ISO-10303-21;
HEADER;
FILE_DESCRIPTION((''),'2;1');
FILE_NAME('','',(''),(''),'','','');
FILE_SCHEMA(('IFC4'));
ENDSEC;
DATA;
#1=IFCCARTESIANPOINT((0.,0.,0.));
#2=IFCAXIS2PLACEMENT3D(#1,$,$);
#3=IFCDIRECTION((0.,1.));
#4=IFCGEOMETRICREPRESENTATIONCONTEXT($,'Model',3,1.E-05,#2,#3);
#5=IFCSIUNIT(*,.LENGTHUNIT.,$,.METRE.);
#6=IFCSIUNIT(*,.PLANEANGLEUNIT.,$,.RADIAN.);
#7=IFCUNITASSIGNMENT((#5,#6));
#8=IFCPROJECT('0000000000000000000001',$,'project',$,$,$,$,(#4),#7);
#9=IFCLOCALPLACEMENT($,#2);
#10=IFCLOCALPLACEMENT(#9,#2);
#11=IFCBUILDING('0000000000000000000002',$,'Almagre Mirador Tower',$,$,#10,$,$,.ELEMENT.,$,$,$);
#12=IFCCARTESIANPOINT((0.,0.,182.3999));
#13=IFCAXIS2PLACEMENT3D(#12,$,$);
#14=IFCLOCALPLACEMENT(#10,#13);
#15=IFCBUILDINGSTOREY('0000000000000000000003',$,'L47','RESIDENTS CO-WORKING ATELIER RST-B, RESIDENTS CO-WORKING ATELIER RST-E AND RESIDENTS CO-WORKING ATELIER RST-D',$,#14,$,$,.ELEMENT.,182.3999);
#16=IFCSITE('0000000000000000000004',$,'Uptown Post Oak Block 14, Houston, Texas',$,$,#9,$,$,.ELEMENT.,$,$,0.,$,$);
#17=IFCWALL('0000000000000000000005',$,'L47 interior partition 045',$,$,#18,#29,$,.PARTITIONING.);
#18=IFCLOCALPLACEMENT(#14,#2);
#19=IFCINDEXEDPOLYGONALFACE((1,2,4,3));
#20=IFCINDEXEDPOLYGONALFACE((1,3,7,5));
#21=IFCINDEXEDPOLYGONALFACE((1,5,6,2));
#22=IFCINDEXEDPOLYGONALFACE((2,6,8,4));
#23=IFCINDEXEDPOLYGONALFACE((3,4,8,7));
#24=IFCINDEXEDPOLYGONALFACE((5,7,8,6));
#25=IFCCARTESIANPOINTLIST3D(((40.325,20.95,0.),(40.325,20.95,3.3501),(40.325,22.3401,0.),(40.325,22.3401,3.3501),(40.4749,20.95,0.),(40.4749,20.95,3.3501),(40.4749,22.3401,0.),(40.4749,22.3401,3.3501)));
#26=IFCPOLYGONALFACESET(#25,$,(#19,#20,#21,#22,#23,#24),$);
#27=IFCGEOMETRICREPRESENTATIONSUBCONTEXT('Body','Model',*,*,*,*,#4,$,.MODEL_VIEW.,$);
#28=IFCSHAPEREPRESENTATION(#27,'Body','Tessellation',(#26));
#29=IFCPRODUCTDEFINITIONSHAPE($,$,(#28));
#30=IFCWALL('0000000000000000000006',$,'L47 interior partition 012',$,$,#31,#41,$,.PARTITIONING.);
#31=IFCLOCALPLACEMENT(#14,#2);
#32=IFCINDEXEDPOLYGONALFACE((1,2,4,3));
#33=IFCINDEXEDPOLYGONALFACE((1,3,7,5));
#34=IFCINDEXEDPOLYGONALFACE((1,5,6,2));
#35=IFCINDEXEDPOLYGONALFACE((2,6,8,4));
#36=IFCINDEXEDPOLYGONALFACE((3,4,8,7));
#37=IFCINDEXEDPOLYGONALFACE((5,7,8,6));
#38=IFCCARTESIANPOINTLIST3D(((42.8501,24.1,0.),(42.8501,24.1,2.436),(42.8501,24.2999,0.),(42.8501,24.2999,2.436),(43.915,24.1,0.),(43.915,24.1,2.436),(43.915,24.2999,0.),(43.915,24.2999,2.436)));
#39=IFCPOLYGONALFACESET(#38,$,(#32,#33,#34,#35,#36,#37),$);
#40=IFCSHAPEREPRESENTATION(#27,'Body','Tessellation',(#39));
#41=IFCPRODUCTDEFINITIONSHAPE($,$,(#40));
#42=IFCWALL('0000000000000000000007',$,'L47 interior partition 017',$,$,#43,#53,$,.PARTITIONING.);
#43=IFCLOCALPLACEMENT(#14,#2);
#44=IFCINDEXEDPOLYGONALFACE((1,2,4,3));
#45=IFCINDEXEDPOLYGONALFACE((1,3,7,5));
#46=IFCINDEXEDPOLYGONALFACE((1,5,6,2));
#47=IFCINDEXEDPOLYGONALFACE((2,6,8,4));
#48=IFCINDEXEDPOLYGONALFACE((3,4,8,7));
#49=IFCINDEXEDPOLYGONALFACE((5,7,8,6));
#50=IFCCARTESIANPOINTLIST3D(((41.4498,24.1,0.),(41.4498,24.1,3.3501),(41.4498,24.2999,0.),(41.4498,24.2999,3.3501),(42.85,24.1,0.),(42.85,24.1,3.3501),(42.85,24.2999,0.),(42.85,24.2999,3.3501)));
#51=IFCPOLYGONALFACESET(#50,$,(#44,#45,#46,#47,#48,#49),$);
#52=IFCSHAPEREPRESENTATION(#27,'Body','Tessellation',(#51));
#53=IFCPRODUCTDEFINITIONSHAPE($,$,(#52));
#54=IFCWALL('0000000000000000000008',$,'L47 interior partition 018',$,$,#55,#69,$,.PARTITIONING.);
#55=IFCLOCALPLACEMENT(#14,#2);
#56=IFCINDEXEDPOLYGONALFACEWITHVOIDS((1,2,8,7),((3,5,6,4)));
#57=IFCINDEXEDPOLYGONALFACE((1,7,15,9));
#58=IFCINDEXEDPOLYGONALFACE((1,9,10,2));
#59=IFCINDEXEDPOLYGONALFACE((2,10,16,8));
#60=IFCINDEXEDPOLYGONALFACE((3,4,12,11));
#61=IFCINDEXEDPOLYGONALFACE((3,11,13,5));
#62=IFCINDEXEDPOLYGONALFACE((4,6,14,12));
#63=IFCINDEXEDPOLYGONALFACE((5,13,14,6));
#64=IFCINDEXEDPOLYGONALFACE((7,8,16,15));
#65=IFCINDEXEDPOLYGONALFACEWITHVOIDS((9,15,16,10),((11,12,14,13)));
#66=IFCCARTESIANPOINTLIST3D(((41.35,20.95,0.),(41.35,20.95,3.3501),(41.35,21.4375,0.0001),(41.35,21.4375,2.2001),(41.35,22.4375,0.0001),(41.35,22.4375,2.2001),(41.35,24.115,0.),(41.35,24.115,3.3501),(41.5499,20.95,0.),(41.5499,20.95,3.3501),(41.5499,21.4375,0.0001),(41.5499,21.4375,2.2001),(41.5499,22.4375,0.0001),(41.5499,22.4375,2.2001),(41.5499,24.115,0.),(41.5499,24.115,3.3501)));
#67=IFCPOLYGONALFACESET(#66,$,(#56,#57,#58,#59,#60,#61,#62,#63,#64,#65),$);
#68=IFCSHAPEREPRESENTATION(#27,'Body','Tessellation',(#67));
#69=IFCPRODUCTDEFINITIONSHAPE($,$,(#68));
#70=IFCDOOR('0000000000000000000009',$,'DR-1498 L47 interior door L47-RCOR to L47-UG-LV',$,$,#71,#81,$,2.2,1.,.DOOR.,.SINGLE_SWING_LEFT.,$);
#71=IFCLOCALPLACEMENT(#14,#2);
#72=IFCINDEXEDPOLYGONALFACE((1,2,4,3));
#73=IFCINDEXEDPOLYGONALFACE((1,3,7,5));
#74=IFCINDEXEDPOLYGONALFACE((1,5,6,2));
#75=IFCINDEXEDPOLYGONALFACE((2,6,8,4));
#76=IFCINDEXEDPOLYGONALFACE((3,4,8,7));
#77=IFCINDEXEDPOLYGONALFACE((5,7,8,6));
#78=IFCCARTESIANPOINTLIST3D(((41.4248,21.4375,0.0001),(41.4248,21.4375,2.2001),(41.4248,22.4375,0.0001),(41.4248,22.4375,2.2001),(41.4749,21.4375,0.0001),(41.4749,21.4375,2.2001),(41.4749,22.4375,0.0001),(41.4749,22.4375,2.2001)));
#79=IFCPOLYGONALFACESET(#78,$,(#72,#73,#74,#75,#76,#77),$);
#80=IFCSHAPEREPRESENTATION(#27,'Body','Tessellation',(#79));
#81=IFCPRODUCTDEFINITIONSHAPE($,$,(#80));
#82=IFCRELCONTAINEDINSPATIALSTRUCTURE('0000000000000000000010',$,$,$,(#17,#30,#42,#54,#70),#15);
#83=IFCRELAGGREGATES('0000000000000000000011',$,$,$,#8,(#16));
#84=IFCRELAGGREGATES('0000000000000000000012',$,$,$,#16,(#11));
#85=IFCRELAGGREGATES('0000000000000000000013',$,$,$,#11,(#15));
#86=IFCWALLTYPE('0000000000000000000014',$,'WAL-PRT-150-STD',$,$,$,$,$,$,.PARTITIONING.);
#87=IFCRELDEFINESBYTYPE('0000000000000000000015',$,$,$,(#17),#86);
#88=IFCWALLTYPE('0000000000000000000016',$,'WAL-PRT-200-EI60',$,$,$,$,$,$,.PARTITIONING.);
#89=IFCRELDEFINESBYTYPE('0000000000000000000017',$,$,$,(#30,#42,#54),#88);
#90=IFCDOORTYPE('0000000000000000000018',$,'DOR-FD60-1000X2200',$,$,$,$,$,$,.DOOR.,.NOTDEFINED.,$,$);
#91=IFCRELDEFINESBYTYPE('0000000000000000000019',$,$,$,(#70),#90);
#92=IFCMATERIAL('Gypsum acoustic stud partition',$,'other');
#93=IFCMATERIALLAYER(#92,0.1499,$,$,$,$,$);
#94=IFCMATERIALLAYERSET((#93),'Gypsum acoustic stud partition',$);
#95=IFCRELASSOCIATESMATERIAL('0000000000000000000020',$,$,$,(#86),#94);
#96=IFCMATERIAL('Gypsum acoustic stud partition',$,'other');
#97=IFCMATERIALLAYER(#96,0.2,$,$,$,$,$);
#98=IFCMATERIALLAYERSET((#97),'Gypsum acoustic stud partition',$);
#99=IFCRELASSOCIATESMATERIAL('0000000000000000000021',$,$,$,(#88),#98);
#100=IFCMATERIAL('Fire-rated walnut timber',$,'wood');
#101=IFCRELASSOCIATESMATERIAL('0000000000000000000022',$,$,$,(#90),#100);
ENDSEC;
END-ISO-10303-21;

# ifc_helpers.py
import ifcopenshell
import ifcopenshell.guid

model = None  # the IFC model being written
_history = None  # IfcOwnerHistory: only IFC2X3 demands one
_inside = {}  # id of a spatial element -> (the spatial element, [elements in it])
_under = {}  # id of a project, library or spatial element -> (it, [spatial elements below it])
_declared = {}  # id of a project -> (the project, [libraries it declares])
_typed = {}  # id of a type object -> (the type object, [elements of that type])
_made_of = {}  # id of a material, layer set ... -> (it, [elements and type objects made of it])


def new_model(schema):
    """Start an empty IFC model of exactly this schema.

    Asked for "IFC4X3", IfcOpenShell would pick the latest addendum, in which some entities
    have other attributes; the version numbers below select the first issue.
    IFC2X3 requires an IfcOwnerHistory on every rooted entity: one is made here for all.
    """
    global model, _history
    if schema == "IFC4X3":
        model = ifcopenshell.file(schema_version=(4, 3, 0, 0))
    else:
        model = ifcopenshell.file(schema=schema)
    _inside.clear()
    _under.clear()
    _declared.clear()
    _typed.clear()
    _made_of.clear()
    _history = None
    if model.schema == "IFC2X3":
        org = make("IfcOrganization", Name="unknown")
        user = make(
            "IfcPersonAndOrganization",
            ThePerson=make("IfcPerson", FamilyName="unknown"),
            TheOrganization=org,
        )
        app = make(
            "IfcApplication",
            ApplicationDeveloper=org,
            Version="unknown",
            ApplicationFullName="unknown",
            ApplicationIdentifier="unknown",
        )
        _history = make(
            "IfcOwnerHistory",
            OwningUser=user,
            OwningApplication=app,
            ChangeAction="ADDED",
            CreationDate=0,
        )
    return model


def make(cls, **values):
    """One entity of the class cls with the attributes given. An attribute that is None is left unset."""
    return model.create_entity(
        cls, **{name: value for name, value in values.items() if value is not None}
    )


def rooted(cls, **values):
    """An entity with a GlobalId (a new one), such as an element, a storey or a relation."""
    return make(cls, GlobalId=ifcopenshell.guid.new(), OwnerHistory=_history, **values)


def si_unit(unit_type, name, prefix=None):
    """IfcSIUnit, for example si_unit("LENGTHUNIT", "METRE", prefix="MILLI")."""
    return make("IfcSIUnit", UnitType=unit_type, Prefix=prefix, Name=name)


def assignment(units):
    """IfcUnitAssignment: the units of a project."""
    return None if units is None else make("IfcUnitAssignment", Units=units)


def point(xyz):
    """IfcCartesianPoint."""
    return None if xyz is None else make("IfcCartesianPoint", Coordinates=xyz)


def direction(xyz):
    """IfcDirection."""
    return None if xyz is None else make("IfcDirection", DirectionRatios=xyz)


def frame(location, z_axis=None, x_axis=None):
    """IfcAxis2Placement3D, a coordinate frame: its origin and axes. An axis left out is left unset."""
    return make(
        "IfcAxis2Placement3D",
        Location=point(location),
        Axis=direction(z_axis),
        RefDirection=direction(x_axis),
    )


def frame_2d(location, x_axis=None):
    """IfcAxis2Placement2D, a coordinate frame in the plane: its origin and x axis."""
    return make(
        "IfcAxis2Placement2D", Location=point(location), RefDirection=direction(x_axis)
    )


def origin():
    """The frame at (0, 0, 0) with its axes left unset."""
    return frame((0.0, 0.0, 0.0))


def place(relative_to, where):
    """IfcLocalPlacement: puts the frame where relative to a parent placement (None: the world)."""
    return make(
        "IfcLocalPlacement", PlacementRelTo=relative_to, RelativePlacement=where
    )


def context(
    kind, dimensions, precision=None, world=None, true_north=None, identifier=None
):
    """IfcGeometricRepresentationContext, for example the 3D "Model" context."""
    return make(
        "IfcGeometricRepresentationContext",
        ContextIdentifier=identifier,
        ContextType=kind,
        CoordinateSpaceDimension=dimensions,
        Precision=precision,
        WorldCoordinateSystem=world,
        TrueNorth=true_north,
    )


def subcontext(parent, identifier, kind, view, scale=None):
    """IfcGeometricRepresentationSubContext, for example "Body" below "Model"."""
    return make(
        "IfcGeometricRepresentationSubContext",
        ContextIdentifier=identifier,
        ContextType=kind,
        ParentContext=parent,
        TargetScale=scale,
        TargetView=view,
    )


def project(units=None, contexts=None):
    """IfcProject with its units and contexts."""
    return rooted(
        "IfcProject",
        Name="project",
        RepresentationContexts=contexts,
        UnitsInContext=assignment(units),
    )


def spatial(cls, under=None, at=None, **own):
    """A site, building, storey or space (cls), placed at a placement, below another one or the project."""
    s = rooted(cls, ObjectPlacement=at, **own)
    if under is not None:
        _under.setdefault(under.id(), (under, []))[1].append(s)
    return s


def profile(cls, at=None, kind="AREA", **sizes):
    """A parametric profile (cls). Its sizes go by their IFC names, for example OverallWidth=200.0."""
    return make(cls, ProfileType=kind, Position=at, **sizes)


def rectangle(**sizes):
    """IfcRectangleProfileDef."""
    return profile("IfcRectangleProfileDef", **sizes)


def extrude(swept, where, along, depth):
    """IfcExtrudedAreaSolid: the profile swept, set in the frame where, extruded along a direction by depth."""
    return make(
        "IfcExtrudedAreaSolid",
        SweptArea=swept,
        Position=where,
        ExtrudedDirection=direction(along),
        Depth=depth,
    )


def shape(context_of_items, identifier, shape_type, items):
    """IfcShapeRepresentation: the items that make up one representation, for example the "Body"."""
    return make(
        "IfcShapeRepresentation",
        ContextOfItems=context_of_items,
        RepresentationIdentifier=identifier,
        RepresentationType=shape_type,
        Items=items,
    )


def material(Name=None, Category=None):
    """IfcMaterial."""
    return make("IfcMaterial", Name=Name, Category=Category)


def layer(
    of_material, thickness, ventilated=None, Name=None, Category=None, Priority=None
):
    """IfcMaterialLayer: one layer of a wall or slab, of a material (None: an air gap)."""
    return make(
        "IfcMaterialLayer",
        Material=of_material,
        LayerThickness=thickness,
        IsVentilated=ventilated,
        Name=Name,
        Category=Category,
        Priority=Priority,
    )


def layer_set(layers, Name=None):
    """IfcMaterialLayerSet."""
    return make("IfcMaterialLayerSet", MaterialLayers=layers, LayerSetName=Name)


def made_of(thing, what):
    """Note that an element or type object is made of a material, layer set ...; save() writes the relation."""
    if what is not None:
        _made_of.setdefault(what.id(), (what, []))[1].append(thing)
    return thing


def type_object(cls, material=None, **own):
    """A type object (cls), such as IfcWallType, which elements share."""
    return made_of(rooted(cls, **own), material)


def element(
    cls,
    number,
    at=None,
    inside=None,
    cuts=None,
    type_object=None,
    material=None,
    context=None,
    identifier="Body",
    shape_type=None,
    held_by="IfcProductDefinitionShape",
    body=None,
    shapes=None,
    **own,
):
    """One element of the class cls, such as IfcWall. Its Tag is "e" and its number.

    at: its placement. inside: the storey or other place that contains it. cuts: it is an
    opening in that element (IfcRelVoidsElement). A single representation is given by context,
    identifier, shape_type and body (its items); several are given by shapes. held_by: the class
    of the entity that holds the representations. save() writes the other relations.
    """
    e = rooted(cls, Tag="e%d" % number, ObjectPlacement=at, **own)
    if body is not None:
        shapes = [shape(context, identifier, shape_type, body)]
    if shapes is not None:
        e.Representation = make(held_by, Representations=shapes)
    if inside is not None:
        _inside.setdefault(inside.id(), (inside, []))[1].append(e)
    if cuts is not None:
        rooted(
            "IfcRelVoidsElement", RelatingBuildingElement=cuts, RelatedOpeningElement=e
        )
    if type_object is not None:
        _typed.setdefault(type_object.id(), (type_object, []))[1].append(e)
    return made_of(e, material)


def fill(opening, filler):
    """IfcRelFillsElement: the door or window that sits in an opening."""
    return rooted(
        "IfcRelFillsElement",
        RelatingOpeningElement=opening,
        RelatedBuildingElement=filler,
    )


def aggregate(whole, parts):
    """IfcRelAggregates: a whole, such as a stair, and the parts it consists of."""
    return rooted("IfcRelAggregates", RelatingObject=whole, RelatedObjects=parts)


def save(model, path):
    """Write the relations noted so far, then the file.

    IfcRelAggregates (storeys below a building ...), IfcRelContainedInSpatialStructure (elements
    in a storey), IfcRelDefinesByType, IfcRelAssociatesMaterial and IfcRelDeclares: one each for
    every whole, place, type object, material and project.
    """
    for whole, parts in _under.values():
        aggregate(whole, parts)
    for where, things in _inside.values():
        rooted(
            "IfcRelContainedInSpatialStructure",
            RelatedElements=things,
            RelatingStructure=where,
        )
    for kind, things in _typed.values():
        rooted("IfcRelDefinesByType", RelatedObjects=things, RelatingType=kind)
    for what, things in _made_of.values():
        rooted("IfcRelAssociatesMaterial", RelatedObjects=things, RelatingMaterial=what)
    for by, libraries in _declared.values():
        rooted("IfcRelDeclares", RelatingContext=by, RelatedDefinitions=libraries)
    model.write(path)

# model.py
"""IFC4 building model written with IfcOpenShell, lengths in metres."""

from ifc_helpers import new_model, si_unit, direction, frame, frame_2d, origin, place, context, subcontext, project, spatial, rectangle, extrude, material, layer, layer_set, type_object, element, fill, save


model = new_model("IFC4")

# Units and contexts
model_context = context("Model", 3, precision=1e-05, world=origin(), true_north=direction((0.0, 1.0)))
body_context = subcontext(model_context, "Body", "Model", "MODEL_VIEW")
ifc_project = project(units=[si_unit("LENGTHUNIT", "METRE"), si_unit("PLANEANGLEUNIT", "RADIAN")], contexts=[model_context])

# Site, building, storey
site_placement = place(None, origin())
site = spatial("IfcSite", under=ifc_project, at=site_placement, Name="Uptown Post Oak Block 14, Houston, Texas", CompositionType="ELEMENT", RefElevation=0.0)
building_placement = place(site_placement, origin())
building = spatial("IfcBuilding", under=site, at=building_placement, Name="Almagre Mirador Tower", CompositionType="ELEMENT")
storey_placement = place(building_placement, frame((0.0, 0.0, 182.3999)))
storey = spatial("IfcBuildingStorey", under=building, at=storey_placement, Name="L47", Description="RESIDENTS CO-WORKING ATELIER RST-B, RESIDENTS CO-WORKING ATELIER RST-E AND RESIDENTS CO-WORKING ATELIER RST-D", CompositionType="ELEMENT", Elevation=182.3999)

# Walls
ifc_material_1 = material(Name="Gypsum acoustic stud partition", Category="other")
ifc_layer_1 = layer(ifc_material_1, 0.1499)
ifc_layer_set_1 = layer_set([ifc_layer_1], Name="Gypsum acoustic stud partition")
wall_type_1 = type_object("IfcWallType", Name="WAL-PRT-150-STD", PredefinedType="PARTITIONING", material=ifc_layer_set_1)
wall_1_placement = place(storey_placement, frame((40.3999, 22.3401, 0.0), z_axis=(0.0, 0.0, 1.0), x_axis=(0.0, -1.0, 0.0)))
element("IfcWall", 1, at=wall_1_placement, inside=storey, type_object=wall_type_1, Name="L47 interior partition 045", PredefinedType="PARTITIONING", context=body_context, shape_type="SweptSolid", body=[
    extrude(rectangle(XDim=1.3901, YDim=0.1499, at=frame_2d((0.6951, 0.0))), origin(), (0.0, 0.0, 1.0), 3.3501),
])
ifc_material_2 = material(Name="Gypsum acoustic stud partition", Category="other")
ifc_layer_2 = layer(ifc_material_2, 0.2)
ifc_layer_set_2 = layer_set([ifc_layer_2], Name="Gypsum acoustic stud partition")
wall_type_2 = type_object("IfcWallType", Name="WAL-PRT-200-EI60", PredefinedType="PARTITIONING", material=ifc_layer_set_2)
wall_2_placement = place(storey_placement, frame((43.915, 24.2, 0.0), z_axis=(0.0, 0.0, 1.0), x_axis=(-1.0, 0.0, 0.0)))
element("IfcWall", 2, at=wall_2_placement, inside=storey, type_object=wall_type_2, Name="L47 interior partition 012", PredefinedType="PARTITIONING", context=body_context, shape_type="SweptSolid", body=[
    extrude(rectangle(XDim=1.0649, YDim=0.2, at=frame_2d((0.5325, 0.0))), origin(), (0.0, 0.0, 1.0), 2.436),
])
wall_3_placement = place(storey_placement, frame((42.8501, 24.2, 0.0), z_axis=(0.0, 0.0, 1.0), x_axis=(-1.0, 0.0, 0.0)))
element("IfcWall", 3, at=wall_3_placement, inside=storey, type_object=wall_type_2, Name="L47 interior partition 017", PredefinedType="PARTITIONING", context=body_context, shape_type="SweptSolid", body=[
    extrude(rectangle(XDim=1.4001, YDim=0.2, at=frame_2d((0.7002, 0.0))), origin(), (0.0, 0.0, 1.0), 3.3501),
])

# Wall, opening, door
wall_4_placement = place(storey_placement, frame((41.45, 24.115, 0.0), z_axis=(0.0, 0.0, 1.0), x_axis=(0.0, -1.0, 0.0)))
wall_4 = element("IfcWall", 4, at=wall_4_placement, inside=storey, type_object=wall_type_2, Name="L47 interior partition 018", PredefinedType="PARTITIONING", context=body_context, shape_type="SweptSolid", body=[
    extrude(rectangle(XDim=3.165, YDim=0.2, at=frame_2d((1.5825, 0.0))), origin(), (0.0, 0.0, 1.0), 3.3501),
])
opening_1_placement = place(wall_4_placement, frame((1.6775, 0.0, 0.0)))
opening_1 = element("IfcOpeningElement", 5, at=opening_1_placement, cuts=wall_4, PredefinedType="OPENING", context=body_context, shape_type="SweptSolid", body=[
    extrude(rectangle(XDim=1.0, YDim=2.2, at=frame_2d((0.5, 1.1001))), frame((0.0, 0.1101, 0.0), z_axis=(0.0, -1.0, 0.0), x_axis=(1.0, 0.0, 0.0)), (0.0, 0.0, 1.0), 0.22),
])
ifc_material_3 = material(Name="Fire-rated walnut timber", Category="wood")
door_type = type_object("IfcDoorType", Name="DOR-FD60-1000X2200", OperationType="NOTDEFINED", PredefinedType="DOOR", material=ifc_material_3)
door_placement = place(opening_1_placement, origin())
door = element("IfcDoor", 6, at=door_placement, inside=storey, type_object=door_type, Name="DR-1498 L47 interior door L47-RCOR to L47-UG-LV", OperationType="SINGLE_SWING_LEFT", OverallHeight=2.2, OverallWidth=1.0, PredefinedType="DOOR", context=body_context, shape_type="SweptSolid", body=[
    extrude(rectangle(XDim=1.0, YDim=2.2, at=frame_2d((0.5, 1.1001))), frame((0.0, 0.0249, 0.0), z_axis=(0.0, -1.0, 0.0), x_axis=(1.0, 0.0, 0.0)), (0.0, 0.0, 1.0), 0.05),
])
fill(opening_1, door)

save(model, "model.ifc")
